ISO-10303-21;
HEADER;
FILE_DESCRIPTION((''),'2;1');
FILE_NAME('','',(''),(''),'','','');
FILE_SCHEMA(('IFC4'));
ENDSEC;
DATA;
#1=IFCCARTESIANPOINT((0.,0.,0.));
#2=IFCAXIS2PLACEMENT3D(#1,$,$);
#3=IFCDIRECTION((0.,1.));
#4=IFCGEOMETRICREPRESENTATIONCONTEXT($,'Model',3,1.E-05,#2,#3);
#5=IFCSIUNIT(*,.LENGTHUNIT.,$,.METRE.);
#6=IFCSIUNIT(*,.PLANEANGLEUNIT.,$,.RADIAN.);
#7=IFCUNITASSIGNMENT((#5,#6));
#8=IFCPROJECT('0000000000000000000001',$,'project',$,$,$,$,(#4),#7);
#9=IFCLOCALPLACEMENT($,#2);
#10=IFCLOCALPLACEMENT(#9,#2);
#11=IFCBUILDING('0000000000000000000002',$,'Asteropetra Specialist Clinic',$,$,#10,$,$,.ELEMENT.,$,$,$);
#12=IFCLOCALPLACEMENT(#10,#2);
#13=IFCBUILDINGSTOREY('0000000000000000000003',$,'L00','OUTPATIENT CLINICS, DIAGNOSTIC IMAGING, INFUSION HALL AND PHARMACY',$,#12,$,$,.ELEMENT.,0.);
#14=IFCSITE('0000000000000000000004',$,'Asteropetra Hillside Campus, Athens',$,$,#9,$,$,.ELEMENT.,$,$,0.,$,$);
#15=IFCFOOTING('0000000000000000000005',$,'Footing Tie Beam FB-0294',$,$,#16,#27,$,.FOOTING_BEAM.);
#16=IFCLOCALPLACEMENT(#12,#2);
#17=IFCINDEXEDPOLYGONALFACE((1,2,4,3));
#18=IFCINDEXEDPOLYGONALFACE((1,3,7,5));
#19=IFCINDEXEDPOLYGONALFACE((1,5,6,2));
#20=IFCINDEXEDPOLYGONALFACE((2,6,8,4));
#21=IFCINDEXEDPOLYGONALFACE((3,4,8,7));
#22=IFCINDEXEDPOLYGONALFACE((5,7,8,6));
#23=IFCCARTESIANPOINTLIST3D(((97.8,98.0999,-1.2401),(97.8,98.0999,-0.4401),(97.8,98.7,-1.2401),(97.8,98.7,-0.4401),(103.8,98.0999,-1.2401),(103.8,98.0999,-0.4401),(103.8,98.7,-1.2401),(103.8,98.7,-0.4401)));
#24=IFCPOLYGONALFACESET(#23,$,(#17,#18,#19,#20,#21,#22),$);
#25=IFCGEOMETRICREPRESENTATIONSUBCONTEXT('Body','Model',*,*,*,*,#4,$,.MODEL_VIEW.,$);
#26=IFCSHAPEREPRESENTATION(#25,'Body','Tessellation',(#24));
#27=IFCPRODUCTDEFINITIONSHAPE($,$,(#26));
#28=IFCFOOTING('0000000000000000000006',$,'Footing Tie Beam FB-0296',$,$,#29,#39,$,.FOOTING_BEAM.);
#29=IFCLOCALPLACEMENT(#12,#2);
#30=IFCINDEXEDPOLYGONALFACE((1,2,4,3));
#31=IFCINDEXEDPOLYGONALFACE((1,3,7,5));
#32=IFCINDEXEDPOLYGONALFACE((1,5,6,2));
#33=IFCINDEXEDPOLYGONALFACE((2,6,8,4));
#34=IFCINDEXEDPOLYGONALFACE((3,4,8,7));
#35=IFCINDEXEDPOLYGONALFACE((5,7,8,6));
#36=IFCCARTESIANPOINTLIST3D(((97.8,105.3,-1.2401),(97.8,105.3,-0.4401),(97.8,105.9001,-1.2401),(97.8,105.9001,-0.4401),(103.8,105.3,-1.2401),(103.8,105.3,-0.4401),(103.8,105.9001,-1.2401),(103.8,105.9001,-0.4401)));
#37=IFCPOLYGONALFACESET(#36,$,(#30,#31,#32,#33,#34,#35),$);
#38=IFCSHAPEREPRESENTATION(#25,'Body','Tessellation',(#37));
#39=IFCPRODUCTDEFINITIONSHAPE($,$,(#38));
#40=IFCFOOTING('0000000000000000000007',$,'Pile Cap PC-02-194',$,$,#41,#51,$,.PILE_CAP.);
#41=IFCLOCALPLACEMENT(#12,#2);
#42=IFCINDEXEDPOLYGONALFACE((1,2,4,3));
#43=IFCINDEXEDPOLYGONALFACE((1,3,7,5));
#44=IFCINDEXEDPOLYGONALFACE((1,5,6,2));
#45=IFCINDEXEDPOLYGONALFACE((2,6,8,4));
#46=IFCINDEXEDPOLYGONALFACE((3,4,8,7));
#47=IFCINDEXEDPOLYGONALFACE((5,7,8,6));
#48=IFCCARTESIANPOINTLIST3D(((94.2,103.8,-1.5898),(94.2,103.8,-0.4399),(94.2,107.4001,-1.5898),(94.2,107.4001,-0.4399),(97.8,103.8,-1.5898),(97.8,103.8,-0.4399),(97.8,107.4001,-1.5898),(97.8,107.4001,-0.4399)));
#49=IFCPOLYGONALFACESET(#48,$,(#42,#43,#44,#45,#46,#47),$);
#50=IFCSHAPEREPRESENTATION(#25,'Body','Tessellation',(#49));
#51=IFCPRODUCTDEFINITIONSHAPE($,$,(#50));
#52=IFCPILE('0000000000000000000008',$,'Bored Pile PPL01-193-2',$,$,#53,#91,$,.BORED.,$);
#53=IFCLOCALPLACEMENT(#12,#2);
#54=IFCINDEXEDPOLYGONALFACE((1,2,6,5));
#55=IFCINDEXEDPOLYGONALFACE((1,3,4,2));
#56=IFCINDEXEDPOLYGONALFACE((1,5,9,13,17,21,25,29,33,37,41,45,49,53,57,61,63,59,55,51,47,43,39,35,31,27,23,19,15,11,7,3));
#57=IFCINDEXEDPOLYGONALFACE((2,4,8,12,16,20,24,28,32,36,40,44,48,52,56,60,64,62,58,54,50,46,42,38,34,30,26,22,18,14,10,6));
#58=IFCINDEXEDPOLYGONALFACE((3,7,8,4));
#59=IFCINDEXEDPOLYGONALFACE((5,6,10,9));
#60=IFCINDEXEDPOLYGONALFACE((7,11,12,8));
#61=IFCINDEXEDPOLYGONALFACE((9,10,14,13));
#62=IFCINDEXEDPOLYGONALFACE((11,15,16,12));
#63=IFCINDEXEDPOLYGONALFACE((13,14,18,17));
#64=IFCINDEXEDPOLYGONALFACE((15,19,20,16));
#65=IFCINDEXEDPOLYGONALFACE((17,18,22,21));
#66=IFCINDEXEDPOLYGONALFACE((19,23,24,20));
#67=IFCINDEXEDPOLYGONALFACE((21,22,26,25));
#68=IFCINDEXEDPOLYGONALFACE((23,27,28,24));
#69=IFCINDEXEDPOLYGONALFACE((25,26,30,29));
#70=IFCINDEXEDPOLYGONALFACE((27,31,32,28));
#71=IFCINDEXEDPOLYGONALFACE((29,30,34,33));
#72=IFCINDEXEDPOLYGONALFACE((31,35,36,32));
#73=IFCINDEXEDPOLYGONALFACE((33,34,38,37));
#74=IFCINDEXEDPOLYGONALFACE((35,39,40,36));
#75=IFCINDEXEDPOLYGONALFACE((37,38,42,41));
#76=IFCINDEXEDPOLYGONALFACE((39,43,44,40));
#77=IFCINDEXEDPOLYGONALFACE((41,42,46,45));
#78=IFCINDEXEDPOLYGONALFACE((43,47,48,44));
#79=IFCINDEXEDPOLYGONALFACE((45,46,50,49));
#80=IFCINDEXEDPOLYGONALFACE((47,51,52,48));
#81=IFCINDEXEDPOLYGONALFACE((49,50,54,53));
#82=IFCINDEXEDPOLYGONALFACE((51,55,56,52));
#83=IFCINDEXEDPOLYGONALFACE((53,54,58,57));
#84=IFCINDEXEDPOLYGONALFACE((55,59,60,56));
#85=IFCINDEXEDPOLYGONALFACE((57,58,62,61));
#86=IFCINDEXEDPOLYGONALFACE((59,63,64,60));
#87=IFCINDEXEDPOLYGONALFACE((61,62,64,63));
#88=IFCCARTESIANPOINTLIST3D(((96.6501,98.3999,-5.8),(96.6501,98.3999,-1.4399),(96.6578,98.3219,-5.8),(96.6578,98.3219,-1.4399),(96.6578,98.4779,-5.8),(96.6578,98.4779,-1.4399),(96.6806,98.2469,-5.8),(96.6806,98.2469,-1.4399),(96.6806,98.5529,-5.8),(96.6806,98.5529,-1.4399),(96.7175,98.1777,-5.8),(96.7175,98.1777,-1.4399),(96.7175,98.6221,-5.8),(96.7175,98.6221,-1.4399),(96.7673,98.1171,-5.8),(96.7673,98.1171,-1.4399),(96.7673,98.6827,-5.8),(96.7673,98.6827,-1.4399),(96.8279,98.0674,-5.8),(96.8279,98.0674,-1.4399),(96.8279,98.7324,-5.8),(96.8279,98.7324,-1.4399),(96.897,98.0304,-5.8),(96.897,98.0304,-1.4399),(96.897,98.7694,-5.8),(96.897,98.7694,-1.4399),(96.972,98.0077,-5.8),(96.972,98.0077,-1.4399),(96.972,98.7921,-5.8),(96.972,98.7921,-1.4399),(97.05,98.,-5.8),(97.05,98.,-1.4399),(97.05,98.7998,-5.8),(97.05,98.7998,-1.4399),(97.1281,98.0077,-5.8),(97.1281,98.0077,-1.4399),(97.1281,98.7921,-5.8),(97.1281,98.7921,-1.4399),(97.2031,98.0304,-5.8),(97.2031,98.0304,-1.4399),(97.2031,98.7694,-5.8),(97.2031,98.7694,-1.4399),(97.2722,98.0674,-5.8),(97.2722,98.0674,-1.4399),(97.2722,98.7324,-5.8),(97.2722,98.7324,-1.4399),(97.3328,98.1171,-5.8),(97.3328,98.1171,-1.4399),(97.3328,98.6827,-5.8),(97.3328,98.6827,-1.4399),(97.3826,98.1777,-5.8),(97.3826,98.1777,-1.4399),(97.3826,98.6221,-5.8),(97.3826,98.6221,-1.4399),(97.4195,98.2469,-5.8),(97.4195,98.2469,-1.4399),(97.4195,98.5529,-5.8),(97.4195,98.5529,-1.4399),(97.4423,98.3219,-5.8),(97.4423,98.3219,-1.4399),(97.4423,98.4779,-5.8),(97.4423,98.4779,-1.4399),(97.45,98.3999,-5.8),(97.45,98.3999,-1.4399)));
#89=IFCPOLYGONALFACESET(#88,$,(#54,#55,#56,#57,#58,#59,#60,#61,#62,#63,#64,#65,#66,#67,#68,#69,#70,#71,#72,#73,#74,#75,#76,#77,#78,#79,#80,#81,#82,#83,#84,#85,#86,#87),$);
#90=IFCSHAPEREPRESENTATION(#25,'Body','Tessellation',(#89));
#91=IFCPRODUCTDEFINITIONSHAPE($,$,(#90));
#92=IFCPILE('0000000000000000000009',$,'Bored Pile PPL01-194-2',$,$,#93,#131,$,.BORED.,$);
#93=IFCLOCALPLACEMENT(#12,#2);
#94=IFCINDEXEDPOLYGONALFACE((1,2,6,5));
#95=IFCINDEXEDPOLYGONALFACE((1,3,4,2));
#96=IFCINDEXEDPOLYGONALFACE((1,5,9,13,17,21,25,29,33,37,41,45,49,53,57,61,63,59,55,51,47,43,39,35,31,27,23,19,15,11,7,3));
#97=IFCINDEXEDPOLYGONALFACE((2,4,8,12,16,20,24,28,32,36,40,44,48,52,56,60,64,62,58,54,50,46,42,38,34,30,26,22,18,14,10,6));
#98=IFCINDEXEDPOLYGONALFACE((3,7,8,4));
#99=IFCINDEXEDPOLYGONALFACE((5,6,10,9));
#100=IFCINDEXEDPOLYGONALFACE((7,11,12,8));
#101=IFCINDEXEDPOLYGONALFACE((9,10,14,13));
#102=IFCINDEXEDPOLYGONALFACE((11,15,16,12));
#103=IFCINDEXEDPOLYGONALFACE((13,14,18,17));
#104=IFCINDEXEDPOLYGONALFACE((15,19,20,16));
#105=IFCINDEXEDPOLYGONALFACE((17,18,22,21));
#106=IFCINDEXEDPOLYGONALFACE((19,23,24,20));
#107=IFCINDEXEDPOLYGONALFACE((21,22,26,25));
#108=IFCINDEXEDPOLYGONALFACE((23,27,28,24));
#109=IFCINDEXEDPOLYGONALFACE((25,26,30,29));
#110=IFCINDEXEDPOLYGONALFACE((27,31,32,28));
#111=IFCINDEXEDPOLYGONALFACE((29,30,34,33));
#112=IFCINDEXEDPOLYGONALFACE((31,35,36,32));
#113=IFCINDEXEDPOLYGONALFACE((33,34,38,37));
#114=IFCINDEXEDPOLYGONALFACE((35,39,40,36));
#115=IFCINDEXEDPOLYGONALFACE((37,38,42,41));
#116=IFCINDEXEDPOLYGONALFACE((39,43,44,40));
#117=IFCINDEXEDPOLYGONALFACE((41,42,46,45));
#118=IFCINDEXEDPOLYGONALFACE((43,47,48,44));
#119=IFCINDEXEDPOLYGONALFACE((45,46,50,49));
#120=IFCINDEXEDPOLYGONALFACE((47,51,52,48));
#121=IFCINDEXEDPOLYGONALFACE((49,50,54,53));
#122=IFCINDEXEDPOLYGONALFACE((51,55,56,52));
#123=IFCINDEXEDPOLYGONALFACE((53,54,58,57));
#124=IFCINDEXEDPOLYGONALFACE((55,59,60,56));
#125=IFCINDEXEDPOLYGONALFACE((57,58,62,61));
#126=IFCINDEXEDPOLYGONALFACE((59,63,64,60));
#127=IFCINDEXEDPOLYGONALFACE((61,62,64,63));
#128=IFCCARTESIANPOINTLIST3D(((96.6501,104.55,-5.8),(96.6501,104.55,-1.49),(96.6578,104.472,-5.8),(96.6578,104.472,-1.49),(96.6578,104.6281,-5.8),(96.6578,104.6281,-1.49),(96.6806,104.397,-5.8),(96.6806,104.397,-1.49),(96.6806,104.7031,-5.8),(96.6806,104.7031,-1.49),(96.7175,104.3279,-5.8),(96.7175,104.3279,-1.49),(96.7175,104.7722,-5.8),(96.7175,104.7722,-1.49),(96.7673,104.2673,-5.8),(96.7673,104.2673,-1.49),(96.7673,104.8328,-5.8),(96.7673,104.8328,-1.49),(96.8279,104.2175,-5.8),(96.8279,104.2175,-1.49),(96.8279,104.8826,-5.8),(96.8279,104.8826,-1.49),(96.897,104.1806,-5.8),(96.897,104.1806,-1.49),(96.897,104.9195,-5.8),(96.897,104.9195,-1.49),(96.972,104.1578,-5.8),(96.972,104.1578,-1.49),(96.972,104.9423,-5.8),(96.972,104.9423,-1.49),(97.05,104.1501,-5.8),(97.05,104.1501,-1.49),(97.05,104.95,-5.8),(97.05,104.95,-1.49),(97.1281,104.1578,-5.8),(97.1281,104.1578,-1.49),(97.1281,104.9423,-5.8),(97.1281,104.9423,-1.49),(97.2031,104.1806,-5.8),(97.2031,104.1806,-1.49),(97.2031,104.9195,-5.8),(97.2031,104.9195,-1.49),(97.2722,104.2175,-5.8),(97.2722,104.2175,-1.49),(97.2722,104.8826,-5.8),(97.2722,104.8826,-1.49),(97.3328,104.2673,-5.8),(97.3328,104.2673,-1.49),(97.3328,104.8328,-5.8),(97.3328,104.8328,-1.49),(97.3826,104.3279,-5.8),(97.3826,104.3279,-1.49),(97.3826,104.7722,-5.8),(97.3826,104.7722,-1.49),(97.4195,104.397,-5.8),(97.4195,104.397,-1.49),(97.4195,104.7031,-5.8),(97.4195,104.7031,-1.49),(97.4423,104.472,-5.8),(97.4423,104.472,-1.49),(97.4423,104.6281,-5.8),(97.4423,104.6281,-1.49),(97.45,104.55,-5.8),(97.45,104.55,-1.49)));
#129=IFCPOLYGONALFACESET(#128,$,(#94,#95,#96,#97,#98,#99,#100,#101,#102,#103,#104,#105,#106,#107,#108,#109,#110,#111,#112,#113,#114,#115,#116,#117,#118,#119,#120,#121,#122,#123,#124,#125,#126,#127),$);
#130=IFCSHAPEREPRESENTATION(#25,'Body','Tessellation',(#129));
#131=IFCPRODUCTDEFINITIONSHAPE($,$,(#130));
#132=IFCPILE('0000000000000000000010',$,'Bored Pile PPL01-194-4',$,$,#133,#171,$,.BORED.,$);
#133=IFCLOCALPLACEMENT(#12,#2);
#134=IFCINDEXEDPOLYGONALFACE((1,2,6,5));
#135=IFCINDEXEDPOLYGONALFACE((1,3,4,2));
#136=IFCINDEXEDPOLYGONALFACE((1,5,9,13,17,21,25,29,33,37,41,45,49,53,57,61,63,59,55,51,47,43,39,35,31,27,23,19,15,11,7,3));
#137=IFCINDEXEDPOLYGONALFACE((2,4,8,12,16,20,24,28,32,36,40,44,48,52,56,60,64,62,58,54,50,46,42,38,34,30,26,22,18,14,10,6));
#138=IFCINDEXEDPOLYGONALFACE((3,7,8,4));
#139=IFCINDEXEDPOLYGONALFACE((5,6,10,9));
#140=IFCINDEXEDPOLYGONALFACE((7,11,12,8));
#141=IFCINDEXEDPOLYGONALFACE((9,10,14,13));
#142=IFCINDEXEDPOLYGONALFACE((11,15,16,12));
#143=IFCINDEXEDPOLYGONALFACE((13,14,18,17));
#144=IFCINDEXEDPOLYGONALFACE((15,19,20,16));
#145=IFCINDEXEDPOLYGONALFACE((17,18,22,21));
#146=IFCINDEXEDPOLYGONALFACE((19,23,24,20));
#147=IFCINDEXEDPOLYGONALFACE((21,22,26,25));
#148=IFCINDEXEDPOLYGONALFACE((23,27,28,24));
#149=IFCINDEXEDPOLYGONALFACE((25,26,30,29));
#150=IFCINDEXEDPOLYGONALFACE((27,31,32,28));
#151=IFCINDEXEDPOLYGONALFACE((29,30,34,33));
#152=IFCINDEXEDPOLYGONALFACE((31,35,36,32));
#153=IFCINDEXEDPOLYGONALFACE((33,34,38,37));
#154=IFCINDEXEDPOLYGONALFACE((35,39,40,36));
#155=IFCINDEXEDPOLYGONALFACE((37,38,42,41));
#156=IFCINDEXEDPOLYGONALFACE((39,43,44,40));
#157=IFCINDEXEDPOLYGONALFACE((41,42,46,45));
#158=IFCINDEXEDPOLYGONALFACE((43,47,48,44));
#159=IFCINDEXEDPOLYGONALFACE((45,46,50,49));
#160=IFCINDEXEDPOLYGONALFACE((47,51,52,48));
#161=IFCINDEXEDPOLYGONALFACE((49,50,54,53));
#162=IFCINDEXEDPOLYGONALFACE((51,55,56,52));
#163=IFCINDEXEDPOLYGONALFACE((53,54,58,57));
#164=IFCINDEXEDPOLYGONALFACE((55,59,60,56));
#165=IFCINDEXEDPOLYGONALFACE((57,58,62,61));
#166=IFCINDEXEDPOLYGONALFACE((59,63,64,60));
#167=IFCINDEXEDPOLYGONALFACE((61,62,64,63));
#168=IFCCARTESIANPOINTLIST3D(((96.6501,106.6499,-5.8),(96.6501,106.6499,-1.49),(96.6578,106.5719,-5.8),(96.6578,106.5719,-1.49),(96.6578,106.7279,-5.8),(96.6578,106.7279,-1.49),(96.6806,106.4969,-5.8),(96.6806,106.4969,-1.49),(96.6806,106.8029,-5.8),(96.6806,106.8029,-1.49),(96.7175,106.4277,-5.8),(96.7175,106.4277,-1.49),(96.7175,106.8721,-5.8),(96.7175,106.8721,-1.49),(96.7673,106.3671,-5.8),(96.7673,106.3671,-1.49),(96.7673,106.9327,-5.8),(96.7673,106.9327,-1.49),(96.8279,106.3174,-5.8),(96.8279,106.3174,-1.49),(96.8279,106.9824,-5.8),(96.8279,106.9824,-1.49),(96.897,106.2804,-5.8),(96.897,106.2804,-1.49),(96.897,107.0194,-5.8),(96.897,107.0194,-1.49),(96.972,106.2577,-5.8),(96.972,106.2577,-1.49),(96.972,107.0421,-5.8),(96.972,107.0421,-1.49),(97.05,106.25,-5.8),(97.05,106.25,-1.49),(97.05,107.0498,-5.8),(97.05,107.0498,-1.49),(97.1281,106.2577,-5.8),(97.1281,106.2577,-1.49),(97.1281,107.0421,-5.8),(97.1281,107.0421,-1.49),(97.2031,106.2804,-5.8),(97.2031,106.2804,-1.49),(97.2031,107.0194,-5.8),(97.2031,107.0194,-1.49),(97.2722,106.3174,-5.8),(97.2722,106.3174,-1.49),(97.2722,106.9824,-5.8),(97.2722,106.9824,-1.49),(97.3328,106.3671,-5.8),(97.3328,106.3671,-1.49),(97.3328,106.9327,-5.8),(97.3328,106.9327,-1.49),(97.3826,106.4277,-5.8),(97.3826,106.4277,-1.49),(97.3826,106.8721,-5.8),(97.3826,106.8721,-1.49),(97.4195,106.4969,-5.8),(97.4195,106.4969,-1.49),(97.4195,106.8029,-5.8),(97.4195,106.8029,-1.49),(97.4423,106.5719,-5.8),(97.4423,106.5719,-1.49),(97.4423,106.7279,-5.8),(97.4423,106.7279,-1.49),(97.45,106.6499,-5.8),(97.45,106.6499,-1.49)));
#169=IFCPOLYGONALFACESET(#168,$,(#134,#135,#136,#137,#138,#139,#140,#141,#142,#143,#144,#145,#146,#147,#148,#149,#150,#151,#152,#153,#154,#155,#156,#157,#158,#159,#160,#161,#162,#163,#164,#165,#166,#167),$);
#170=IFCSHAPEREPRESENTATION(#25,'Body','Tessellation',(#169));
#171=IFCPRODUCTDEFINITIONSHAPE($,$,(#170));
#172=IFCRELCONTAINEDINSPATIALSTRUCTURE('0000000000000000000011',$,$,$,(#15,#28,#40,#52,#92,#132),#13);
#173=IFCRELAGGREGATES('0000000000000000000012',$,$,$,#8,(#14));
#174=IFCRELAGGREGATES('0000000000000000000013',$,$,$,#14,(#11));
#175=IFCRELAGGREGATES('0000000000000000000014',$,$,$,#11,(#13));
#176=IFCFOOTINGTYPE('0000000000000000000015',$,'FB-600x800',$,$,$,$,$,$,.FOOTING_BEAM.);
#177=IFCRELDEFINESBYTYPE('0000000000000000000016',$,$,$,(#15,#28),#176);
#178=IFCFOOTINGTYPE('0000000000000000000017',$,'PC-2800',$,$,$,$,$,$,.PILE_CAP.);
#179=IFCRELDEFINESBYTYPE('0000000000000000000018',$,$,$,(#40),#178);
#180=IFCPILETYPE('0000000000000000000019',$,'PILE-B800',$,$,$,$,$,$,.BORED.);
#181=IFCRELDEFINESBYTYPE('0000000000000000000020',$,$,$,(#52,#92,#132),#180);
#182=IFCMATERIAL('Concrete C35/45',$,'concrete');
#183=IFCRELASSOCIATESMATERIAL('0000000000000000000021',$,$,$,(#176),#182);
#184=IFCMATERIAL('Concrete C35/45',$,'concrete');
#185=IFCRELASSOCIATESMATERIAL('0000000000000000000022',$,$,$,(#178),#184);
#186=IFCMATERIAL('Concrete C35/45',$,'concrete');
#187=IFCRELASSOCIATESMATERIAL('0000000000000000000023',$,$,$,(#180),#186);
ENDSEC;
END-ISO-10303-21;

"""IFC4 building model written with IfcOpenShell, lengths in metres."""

from ifc_helpers import new_model, si_unit, direction, frame, origin, origin_2d, place, context, subcontext, project, spatial, rectangle, circle, extrude, material, material_profile, profile_set, type_object, element, save


model = new_model("IFC4")

# Units and contexts
model_context = context("Model", 3, precision=1e-05, world=origin(), true_north=direction((0.0, 1.0)))
body_context = subcontext(model_context, "Body", "Model", "MODEL_VIEW")
ifc_project = project(units=[si_unit("LENGTHUNIT", "METRE"), si_unit("PLANEANGLEUNIT", "RADIAN")], contexts=[model_context])

# Site, building, storey
site_placement = place(None, origin())
site = spatial("IfcSite", under=ifc_project, at=site_placement, Name="Asteropetra Hillside Campus, Athens", CompositionType="ELEMENT", RefElevation=0.0)
building_placement = place(site_placement, origin())
building = spatial("IfcBuilding", under=site, at=building_placement, Name="Asteropetra Specialist Clinic", CompositionType="ELEMENT")
storey_placement = place(building_placement, origin())
storey = spatial("IfcBuildingStorey", under=building, at=storey_placement, Name="L00", Description="OUTPATIENT CLINICS, DIAGNOSTIC IMAGING, INFUSION HALL AND PHARMACY", CompositionType="ELEMENT", Elevation=0.0)

# Footings
ifc_material_1 = material(Name="Concrete C35/45", Category="concrete")
ifc_material_profile_1 = material_profile(ifc_material_1, rectangle(XDim=0.6001, YDim=0.8, at=origin_2d()), Name="FB 600x800")
ifc_profile_set_1 = profile_set([ifc_material_profile_1], Name="Concrete C35/45")
footing_type_1 = type_object("IfcFootingType", Name="FB-600x800", PredefinedType="FOOTING_BEAM", material=ifc_profile_set_1)
for number, where, z_axis, x_axis, name in (
    (1, (97.8, 98.3999, -0.8401), (1.0, 0.0, 0.0), (0.0, 1.0, 0.0), "Footing Tie Beam FB-0294"),
    (2, (97.8, 105.6001, -0.8401), (1.0, 0.0, 0.0), (0.0, 1.0, 0.0), "Footing Tie Beam FB-0296"),
):
    element("IfcFooting", number, at=place(storey_placement, frame(where, z_axis=z_axis, x_axis=x_axis)), inside=storey, type_object=footing_type_1, Name=name, PredefinedType="FOOTING_BEAM", context=body_context, shape_type="SweptSolid", body=[
        extrude(rectangle(XDim=0.6001, YDim=0.8, at=origin_2d()), origin(), (0.0, 0.0, 1.0), 6.0),
    ])
ifc_material_2 = material(Name="Concrete C35/45", Category="concrete")
footing_type_2 = type_object("IfcFootingType", Name="PC-2800", PredefinedType="PILE_CAP", material=ifc_material_2)
footing_placement = place(storey_placement, frame((96.0, 105.6001, -1.5898), z_axis=(0.0, 0.0, 1.0), x_axis=(1.0, 0.0, 0.0)))
element("IfcFooting", 3, at=footing_placement, inside=storey, type_object=footing_type_2, Name="Pile Cap PC-02-194", PredefinedType="PILE_CAP", context=body_context, shape_type="SweptSolid", body=[
    extrude(rectangle(XDim=3.6001, YDim=3.6001, at=origin_2d()), origin(), (0.0, 0.0, 1.0), 1.1499),
])

# Piles
ifc_material_3 = material(Name="Concrete C35/45", Category="concrete")
ifc_material_profile_2 = material_profile(ifc_material_3, circle(Radius=0.3999, at=origin_2d()), Name="PILE D800")
ifc_profile_set_2 = profile_set([ifc_material_profile_2], Name="Concrete C35/45")
pile_type = type_object("IfcPileType", Name="PILE-B800", PredefinedType="BORED", material=ifc_profile_set_2)
pile_placement = place(storey_placement, frame((97.05, 98.3999, -1.4399), z_axis=(0.0, 0.0, -1.0), x_axis=(1.0, 0.0, 0.0)))
element("IfcPile", 4, at=pile_placement, inside=storey, type_object=pile_type, Name="Bored Pile PPL01-193-2", PredefinedType="BORED", context=body_context, shape_type="SweptSolid", body=[
    extrude(circle(Radius=0.3999, at=origin_2d()), origin(), (0.0, 0.0, 1.0), 4.3601),
])
for number, where, z_axis, x_axis, name in (
    (5, (97.05, 104.55, -1.49), (0.0, 0.0, -1.0), (1.0, 0.0, 0.0), "Bored Pile PPL01-194-2"),
    (6, (97.05, 106.6499, -1.49), (0.0, 0.0, -1.0), (1.0, 0.0, 0.0), "Bored Pile PPL01-194-4"),
):
    element("IfcPile", number, at=place(storey_placement, frame(where, z_axis=z_axis, x_axis=x_axis)), inside=storey, type_object=pile_type, Name=name, PredefinedType="BORED", context=body_context, shape_type="SweptSolid", body=[
        extrude(circle(Radius=0.3999, at=origin_2d()), origin(), (0.0, 0.0, 1.0), 4.3101),
    ])

save(model, "model.ifc")
